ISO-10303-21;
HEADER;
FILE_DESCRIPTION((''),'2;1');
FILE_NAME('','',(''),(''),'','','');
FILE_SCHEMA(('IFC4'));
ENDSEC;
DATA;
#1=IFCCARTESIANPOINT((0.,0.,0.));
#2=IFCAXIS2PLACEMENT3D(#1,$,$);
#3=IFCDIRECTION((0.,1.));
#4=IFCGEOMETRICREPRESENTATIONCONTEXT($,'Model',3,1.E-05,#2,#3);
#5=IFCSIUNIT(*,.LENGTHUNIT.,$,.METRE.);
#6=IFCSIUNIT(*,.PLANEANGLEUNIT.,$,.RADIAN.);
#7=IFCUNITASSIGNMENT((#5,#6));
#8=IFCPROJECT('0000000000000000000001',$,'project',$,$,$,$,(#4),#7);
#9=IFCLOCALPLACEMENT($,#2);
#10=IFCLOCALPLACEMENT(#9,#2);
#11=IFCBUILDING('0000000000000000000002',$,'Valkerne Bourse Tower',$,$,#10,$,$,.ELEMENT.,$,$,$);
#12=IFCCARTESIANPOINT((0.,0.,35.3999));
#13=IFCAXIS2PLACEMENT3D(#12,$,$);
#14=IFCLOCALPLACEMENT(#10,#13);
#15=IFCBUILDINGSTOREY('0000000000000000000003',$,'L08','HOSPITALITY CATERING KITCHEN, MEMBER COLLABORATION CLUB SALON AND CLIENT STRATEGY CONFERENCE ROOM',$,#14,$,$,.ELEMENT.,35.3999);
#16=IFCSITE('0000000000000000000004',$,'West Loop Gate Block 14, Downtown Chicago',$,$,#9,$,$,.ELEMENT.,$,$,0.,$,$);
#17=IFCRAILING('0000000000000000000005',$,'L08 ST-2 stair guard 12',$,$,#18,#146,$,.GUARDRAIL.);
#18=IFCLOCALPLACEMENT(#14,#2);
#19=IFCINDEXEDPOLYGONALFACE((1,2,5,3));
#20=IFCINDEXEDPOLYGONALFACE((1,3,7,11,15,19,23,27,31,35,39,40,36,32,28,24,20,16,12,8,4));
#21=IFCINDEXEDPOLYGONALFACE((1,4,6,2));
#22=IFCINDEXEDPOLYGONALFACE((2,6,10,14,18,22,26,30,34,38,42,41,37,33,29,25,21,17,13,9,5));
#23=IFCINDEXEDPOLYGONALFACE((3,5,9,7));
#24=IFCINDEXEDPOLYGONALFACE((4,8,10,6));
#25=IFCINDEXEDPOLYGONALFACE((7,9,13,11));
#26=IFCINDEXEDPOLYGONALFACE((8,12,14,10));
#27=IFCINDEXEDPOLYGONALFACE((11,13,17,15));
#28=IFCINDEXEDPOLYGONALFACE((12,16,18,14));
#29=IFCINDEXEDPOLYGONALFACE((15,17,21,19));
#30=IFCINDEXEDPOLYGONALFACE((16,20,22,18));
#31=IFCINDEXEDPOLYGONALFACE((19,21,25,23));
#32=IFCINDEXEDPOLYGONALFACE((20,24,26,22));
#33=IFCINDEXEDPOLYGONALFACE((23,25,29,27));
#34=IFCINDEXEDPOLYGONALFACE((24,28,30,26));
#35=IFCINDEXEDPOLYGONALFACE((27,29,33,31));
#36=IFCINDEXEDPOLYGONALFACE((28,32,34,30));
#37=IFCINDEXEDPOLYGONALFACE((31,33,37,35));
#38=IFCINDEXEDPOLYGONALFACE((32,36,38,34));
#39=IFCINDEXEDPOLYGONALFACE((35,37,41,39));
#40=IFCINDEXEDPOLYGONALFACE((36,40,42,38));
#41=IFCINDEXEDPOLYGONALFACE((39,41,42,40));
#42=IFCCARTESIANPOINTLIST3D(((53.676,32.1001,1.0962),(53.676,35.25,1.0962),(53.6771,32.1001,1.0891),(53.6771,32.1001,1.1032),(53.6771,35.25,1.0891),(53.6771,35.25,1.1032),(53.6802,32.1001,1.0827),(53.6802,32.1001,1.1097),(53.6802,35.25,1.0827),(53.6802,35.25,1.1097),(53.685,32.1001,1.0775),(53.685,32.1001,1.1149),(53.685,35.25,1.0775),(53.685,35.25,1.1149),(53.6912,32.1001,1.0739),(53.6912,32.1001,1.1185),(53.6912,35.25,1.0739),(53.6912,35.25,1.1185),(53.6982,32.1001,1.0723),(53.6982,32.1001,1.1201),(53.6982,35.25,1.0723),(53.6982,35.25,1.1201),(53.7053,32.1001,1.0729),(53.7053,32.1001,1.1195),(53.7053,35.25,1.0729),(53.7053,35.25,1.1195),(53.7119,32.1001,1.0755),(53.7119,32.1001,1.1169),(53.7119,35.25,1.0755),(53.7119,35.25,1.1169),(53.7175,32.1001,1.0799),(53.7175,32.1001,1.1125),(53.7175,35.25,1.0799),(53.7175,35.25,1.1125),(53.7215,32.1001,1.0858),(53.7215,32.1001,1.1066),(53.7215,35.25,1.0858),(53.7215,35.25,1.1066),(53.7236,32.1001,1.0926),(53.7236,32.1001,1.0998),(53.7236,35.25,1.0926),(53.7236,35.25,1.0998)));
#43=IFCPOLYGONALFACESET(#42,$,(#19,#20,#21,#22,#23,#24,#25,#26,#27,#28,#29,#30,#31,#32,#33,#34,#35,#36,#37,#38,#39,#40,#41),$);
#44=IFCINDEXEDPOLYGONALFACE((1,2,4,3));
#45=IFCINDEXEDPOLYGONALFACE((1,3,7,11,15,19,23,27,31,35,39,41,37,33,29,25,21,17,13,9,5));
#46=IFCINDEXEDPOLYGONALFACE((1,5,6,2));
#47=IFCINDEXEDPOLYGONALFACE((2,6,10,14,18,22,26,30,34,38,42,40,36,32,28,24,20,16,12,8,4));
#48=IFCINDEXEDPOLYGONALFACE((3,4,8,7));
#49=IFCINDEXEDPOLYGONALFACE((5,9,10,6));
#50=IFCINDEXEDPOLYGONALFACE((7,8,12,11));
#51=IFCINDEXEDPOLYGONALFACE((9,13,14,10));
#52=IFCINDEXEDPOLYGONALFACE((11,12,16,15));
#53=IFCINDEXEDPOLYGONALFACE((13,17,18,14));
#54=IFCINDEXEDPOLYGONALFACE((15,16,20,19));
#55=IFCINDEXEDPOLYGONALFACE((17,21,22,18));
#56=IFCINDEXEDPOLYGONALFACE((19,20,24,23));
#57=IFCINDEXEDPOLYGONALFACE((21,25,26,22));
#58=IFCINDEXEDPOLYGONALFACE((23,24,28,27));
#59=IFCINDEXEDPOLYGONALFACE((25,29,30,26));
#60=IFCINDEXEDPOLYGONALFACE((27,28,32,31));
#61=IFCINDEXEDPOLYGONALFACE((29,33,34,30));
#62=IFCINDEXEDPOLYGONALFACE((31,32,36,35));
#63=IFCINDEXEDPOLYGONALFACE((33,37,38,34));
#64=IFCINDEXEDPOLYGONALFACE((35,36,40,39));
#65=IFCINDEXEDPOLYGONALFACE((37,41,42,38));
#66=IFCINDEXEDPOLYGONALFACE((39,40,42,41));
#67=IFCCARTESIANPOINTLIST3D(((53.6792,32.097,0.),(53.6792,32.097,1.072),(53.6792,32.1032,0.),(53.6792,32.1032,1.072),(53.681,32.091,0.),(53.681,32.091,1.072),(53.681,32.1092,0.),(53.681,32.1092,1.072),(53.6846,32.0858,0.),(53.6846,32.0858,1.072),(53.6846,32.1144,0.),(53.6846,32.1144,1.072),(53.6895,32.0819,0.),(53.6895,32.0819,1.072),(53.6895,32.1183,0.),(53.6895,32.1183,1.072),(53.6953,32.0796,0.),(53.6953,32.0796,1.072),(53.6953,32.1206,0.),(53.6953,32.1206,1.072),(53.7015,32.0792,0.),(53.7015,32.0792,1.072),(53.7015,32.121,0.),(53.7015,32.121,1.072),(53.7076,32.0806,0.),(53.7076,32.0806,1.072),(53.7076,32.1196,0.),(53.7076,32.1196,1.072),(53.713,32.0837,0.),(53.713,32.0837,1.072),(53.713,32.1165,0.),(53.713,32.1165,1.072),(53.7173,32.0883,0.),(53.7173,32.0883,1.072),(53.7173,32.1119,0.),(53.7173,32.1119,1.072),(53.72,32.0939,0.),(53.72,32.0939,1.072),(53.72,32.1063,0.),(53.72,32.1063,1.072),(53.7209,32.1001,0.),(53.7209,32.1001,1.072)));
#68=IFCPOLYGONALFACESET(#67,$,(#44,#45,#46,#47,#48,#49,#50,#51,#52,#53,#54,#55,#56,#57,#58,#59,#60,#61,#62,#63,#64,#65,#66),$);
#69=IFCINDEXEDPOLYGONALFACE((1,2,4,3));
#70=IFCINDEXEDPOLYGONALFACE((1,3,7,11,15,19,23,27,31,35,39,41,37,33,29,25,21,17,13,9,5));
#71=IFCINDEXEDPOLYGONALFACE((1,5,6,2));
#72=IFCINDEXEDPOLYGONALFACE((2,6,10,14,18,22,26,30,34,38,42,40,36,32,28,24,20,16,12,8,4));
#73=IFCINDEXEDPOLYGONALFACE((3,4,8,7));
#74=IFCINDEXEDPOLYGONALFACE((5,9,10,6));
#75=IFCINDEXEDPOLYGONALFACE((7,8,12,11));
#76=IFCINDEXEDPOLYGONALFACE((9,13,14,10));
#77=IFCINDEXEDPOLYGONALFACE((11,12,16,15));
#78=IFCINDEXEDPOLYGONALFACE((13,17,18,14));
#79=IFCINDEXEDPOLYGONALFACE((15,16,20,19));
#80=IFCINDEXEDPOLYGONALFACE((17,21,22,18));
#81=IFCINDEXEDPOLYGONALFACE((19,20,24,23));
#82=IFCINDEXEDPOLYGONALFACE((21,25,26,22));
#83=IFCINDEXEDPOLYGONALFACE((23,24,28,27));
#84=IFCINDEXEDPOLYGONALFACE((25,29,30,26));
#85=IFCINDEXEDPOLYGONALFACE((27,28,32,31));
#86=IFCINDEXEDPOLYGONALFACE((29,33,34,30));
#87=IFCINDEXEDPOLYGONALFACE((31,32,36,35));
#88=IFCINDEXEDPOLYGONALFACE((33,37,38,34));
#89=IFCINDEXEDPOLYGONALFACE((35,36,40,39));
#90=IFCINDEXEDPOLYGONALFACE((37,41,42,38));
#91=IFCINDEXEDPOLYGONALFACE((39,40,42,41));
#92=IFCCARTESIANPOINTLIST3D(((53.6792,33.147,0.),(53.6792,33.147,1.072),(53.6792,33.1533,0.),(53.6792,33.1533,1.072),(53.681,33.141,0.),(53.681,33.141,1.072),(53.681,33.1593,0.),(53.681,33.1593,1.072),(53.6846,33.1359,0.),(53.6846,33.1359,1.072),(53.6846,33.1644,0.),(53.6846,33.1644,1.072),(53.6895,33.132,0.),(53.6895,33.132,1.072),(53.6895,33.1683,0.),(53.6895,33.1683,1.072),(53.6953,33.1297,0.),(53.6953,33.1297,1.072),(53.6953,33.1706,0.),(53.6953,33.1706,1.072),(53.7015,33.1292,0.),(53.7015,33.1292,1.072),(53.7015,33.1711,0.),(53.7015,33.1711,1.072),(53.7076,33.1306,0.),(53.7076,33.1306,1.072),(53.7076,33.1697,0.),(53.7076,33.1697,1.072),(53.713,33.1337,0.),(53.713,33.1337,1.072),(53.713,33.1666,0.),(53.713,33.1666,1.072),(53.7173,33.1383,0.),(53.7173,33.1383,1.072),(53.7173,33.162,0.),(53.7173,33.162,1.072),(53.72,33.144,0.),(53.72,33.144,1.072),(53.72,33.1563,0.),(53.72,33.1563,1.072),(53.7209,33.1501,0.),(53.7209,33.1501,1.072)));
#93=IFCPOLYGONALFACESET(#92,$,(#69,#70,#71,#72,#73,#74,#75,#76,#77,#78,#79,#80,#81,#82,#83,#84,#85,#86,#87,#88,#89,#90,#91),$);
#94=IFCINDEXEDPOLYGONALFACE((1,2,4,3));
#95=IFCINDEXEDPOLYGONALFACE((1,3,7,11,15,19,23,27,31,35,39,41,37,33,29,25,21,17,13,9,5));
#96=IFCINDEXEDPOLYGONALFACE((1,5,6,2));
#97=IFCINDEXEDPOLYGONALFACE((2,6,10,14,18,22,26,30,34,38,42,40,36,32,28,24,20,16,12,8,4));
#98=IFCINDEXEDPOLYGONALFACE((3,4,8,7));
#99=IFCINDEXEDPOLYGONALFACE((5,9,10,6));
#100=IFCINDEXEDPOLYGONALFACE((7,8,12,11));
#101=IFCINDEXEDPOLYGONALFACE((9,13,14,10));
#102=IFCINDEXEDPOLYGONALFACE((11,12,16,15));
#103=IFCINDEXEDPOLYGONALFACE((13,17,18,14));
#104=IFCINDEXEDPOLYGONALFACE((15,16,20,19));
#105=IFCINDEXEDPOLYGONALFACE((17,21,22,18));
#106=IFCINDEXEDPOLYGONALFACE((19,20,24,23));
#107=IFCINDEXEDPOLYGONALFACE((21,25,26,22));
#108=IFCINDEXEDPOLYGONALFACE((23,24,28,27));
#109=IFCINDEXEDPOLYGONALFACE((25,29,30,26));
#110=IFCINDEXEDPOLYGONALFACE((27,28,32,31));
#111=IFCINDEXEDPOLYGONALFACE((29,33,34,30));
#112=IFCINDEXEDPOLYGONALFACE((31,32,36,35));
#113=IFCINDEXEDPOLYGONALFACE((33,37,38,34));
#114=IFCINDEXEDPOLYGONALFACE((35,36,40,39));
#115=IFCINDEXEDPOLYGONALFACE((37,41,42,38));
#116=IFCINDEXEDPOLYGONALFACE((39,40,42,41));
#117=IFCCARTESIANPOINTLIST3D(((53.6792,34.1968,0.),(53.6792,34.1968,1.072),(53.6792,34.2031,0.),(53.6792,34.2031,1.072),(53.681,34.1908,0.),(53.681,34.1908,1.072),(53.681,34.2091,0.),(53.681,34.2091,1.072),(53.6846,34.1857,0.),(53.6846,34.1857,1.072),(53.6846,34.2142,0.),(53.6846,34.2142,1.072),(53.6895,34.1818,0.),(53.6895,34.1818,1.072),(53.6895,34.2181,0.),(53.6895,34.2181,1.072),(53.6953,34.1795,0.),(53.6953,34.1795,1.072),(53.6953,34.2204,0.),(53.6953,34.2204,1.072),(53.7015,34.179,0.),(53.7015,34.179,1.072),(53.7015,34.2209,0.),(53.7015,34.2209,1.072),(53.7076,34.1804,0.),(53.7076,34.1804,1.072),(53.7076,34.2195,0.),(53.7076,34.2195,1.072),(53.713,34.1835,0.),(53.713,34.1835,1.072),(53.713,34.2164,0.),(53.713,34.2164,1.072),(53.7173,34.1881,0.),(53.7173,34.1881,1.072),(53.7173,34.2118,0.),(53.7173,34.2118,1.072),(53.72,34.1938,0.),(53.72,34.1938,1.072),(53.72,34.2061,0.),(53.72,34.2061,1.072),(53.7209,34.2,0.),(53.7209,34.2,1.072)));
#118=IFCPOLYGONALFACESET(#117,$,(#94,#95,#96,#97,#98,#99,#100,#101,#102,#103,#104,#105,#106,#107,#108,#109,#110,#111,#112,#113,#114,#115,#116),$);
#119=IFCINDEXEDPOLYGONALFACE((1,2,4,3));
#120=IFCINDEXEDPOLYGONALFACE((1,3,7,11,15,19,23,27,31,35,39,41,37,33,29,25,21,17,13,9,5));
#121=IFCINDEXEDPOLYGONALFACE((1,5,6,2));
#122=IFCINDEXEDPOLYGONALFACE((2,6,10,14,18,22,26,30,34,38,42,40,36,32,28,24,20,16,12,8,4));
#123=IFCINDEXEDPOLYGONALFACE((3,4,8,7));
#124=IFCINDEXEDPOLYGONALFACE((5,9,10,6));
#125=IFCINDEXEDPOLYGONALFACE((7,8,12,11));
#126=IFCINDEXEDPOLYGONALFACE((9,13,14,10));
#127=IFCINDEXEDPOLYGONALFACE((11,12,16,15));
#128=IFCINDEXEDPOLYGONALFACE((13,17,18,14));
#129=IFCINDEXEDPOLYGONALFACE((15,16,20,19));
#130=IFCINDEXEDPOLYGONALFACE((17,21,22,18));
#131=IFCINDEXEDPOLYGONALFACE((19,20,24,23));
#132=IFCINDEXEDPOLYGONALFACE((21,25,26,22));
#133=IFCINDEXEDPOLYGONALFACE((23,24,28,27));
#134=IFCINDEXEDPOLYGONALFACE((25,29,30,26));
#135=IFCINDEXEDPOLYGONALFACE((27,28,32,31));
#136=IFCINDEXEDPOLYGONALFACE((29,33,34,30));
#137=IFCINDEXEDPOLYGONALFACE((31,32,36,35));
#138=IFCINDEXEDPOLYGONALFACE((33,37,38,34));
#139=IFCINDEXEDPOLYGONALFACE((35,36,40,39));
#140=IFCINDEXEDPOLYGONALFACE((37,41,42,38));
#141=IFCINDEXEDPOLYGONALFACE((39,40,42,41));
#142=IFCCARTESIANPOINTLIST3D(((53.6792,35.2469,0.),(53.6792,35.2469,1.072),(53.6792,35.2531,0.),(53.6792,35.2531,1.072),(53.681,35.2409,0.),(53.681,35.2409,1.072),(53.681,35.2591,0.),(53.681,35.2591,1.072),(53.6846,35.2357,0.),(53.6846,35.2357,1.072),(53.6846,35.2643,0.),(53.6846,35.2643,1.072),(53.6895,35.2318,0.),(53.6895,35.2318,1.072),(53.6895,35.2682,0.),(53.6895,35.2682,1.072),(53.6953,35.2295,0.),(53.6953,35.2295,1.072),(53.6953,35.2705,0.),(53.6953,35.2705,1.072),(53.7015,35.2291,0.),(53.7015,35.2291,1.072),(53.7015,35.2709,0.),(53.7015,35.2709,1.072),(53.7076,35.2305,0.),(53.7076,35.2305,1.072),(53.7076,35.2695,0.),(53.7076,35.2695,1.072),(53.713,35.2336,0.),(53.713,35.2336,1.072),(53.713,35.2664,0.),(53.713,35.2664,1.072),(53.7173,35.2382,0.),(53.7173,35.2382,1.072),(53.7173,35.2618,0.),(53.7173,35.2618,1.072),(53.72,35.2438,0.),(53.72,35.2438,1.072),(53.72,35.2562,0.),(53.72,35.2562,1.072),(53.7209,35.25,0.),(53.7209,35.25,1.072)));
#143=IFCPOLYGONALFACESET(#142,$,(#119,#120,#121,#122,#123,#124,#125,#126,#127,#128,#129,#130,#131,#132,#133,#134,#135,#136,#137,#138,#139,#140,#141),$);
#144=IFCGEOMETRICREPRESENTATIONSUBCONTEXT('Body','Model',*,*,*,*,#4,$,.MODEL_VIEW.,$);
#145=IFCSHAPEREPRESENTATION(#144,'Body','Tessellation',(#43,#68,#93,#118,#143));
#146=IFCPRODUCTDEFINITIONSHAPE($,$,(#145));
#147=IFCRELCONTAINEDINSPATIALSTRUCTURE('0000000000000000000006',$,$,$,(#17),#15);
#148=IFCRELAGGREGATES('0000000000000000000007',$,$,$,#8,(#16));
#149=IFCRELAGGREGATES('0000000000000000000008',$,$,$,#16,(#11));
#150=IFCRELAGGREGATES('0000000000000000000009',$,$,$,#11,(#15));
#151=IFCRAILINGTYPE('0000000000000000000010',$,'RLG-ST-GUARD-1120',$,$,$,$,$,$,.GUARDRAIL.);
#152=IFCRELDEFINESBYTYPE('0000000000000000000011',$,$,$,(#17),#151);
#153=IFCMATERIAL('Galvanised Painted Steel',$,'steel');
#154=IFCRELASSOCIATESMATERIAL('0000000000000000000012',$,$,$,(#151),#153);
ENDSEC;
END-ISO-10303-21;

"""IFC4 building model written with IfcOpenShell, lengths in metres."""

from ifc_helpers import new_model, si_unit, direction, frame, origin, origin_2d, place, context, subcontext, project, spatial, circle, extrude, material, type_object, element, save


model = new_model("IFC4")

# Units and contexts
model_context = context("Model", 3, precision=1e-05, world=origin(), true_north=direction((0.0, 1.0)))
body_context = subcontext(model_context, "Body", "Model", "MODEL_VIEW")
ifc_project = project(units=[si_unit("LENGTHUNIT", "METRE"), si_unit("PLANEANGLEUNIT", "RADIAN")], contexts=[model_context])

# Site, building, storey
site_placement = place(None, origin())
site = spatial("IfcSite", under=ifc_project, at=site_placement, Name="West Loop Gate Block 14, Downtown Chicago", CompositionType="ELEMENT", RefElevation=0.0)
building_placement = place(site_placement, origin())
building = spatial("IfcBuilding", under=site, at=building_placement, Name="Valkerne Bourse Tower", CompositionType="ELEMENT")
storey_placement = place(building_placement, frame((0.0, 0.0, 35.3999)))
storey = spatial("IfcBuildingStorey", under=building, at=storey_placement, Name="L08", Description="HOSPITALITY CATERING KITCHEN, MEMBER COLLABORATION CLUB SALON AND CLIENT STRATEGY CONFERENCE ROOM", CompositionType="ELEMENT", Elevation=35.3999)

# Railing
ifc_material_1 = material(Name="Galvanised Painted Steel", Category="steel")
railing_type_1 = type_object("IfcRailingType", Name="RLG-ST-GUARD-1120", PredefinedType="GUARDRAIL", material=ifc_material_1)
railing_1_placement = place(storey_placement, frame((53.7, 32.1001, 0.0)))
element("IfcRailing", 1, at=railing_1_placement, inside=storey, type_object=railing_type_1, Name="L08 ST-2 stair guard 12", PredefinedType="GUARDRAIL", context=body_context, shape_type="SweptSolid", body=[
    extrude(circle(Radius=0.0239, at=origin_2d()), frame((0.0, 0.0, 1.0962), z_axis=(0.0, 1.0, 0.0), x_axis=(-1.0, 0.0, 0.0)), (0.0, 0.0, 1.0), 3.1499),
    extrude(circle(Radius=0.021, at=origin_2d()), origin(), (0.0, 0.0, 1.0), 1.072),
    extrude(circle(Radius=0.021, at=origin_2d()), frame((0.0, 1.05, 0.0)), (0.0, 0.0, 1.0), 1.072),
    extrude(circle(Radius=0.021, at=origin_2d()), frame((0.0, 2.0999, 0.0)), (0.0, 0.0, 1.0), 1.072),
    extrude(circle(Radius=0.021, at=origin_2d()), frame((0.0, 3.1499, 0.0)), (0.0, 0.0, 1.0), 1.072),
])

save(model, "model.ifc")
